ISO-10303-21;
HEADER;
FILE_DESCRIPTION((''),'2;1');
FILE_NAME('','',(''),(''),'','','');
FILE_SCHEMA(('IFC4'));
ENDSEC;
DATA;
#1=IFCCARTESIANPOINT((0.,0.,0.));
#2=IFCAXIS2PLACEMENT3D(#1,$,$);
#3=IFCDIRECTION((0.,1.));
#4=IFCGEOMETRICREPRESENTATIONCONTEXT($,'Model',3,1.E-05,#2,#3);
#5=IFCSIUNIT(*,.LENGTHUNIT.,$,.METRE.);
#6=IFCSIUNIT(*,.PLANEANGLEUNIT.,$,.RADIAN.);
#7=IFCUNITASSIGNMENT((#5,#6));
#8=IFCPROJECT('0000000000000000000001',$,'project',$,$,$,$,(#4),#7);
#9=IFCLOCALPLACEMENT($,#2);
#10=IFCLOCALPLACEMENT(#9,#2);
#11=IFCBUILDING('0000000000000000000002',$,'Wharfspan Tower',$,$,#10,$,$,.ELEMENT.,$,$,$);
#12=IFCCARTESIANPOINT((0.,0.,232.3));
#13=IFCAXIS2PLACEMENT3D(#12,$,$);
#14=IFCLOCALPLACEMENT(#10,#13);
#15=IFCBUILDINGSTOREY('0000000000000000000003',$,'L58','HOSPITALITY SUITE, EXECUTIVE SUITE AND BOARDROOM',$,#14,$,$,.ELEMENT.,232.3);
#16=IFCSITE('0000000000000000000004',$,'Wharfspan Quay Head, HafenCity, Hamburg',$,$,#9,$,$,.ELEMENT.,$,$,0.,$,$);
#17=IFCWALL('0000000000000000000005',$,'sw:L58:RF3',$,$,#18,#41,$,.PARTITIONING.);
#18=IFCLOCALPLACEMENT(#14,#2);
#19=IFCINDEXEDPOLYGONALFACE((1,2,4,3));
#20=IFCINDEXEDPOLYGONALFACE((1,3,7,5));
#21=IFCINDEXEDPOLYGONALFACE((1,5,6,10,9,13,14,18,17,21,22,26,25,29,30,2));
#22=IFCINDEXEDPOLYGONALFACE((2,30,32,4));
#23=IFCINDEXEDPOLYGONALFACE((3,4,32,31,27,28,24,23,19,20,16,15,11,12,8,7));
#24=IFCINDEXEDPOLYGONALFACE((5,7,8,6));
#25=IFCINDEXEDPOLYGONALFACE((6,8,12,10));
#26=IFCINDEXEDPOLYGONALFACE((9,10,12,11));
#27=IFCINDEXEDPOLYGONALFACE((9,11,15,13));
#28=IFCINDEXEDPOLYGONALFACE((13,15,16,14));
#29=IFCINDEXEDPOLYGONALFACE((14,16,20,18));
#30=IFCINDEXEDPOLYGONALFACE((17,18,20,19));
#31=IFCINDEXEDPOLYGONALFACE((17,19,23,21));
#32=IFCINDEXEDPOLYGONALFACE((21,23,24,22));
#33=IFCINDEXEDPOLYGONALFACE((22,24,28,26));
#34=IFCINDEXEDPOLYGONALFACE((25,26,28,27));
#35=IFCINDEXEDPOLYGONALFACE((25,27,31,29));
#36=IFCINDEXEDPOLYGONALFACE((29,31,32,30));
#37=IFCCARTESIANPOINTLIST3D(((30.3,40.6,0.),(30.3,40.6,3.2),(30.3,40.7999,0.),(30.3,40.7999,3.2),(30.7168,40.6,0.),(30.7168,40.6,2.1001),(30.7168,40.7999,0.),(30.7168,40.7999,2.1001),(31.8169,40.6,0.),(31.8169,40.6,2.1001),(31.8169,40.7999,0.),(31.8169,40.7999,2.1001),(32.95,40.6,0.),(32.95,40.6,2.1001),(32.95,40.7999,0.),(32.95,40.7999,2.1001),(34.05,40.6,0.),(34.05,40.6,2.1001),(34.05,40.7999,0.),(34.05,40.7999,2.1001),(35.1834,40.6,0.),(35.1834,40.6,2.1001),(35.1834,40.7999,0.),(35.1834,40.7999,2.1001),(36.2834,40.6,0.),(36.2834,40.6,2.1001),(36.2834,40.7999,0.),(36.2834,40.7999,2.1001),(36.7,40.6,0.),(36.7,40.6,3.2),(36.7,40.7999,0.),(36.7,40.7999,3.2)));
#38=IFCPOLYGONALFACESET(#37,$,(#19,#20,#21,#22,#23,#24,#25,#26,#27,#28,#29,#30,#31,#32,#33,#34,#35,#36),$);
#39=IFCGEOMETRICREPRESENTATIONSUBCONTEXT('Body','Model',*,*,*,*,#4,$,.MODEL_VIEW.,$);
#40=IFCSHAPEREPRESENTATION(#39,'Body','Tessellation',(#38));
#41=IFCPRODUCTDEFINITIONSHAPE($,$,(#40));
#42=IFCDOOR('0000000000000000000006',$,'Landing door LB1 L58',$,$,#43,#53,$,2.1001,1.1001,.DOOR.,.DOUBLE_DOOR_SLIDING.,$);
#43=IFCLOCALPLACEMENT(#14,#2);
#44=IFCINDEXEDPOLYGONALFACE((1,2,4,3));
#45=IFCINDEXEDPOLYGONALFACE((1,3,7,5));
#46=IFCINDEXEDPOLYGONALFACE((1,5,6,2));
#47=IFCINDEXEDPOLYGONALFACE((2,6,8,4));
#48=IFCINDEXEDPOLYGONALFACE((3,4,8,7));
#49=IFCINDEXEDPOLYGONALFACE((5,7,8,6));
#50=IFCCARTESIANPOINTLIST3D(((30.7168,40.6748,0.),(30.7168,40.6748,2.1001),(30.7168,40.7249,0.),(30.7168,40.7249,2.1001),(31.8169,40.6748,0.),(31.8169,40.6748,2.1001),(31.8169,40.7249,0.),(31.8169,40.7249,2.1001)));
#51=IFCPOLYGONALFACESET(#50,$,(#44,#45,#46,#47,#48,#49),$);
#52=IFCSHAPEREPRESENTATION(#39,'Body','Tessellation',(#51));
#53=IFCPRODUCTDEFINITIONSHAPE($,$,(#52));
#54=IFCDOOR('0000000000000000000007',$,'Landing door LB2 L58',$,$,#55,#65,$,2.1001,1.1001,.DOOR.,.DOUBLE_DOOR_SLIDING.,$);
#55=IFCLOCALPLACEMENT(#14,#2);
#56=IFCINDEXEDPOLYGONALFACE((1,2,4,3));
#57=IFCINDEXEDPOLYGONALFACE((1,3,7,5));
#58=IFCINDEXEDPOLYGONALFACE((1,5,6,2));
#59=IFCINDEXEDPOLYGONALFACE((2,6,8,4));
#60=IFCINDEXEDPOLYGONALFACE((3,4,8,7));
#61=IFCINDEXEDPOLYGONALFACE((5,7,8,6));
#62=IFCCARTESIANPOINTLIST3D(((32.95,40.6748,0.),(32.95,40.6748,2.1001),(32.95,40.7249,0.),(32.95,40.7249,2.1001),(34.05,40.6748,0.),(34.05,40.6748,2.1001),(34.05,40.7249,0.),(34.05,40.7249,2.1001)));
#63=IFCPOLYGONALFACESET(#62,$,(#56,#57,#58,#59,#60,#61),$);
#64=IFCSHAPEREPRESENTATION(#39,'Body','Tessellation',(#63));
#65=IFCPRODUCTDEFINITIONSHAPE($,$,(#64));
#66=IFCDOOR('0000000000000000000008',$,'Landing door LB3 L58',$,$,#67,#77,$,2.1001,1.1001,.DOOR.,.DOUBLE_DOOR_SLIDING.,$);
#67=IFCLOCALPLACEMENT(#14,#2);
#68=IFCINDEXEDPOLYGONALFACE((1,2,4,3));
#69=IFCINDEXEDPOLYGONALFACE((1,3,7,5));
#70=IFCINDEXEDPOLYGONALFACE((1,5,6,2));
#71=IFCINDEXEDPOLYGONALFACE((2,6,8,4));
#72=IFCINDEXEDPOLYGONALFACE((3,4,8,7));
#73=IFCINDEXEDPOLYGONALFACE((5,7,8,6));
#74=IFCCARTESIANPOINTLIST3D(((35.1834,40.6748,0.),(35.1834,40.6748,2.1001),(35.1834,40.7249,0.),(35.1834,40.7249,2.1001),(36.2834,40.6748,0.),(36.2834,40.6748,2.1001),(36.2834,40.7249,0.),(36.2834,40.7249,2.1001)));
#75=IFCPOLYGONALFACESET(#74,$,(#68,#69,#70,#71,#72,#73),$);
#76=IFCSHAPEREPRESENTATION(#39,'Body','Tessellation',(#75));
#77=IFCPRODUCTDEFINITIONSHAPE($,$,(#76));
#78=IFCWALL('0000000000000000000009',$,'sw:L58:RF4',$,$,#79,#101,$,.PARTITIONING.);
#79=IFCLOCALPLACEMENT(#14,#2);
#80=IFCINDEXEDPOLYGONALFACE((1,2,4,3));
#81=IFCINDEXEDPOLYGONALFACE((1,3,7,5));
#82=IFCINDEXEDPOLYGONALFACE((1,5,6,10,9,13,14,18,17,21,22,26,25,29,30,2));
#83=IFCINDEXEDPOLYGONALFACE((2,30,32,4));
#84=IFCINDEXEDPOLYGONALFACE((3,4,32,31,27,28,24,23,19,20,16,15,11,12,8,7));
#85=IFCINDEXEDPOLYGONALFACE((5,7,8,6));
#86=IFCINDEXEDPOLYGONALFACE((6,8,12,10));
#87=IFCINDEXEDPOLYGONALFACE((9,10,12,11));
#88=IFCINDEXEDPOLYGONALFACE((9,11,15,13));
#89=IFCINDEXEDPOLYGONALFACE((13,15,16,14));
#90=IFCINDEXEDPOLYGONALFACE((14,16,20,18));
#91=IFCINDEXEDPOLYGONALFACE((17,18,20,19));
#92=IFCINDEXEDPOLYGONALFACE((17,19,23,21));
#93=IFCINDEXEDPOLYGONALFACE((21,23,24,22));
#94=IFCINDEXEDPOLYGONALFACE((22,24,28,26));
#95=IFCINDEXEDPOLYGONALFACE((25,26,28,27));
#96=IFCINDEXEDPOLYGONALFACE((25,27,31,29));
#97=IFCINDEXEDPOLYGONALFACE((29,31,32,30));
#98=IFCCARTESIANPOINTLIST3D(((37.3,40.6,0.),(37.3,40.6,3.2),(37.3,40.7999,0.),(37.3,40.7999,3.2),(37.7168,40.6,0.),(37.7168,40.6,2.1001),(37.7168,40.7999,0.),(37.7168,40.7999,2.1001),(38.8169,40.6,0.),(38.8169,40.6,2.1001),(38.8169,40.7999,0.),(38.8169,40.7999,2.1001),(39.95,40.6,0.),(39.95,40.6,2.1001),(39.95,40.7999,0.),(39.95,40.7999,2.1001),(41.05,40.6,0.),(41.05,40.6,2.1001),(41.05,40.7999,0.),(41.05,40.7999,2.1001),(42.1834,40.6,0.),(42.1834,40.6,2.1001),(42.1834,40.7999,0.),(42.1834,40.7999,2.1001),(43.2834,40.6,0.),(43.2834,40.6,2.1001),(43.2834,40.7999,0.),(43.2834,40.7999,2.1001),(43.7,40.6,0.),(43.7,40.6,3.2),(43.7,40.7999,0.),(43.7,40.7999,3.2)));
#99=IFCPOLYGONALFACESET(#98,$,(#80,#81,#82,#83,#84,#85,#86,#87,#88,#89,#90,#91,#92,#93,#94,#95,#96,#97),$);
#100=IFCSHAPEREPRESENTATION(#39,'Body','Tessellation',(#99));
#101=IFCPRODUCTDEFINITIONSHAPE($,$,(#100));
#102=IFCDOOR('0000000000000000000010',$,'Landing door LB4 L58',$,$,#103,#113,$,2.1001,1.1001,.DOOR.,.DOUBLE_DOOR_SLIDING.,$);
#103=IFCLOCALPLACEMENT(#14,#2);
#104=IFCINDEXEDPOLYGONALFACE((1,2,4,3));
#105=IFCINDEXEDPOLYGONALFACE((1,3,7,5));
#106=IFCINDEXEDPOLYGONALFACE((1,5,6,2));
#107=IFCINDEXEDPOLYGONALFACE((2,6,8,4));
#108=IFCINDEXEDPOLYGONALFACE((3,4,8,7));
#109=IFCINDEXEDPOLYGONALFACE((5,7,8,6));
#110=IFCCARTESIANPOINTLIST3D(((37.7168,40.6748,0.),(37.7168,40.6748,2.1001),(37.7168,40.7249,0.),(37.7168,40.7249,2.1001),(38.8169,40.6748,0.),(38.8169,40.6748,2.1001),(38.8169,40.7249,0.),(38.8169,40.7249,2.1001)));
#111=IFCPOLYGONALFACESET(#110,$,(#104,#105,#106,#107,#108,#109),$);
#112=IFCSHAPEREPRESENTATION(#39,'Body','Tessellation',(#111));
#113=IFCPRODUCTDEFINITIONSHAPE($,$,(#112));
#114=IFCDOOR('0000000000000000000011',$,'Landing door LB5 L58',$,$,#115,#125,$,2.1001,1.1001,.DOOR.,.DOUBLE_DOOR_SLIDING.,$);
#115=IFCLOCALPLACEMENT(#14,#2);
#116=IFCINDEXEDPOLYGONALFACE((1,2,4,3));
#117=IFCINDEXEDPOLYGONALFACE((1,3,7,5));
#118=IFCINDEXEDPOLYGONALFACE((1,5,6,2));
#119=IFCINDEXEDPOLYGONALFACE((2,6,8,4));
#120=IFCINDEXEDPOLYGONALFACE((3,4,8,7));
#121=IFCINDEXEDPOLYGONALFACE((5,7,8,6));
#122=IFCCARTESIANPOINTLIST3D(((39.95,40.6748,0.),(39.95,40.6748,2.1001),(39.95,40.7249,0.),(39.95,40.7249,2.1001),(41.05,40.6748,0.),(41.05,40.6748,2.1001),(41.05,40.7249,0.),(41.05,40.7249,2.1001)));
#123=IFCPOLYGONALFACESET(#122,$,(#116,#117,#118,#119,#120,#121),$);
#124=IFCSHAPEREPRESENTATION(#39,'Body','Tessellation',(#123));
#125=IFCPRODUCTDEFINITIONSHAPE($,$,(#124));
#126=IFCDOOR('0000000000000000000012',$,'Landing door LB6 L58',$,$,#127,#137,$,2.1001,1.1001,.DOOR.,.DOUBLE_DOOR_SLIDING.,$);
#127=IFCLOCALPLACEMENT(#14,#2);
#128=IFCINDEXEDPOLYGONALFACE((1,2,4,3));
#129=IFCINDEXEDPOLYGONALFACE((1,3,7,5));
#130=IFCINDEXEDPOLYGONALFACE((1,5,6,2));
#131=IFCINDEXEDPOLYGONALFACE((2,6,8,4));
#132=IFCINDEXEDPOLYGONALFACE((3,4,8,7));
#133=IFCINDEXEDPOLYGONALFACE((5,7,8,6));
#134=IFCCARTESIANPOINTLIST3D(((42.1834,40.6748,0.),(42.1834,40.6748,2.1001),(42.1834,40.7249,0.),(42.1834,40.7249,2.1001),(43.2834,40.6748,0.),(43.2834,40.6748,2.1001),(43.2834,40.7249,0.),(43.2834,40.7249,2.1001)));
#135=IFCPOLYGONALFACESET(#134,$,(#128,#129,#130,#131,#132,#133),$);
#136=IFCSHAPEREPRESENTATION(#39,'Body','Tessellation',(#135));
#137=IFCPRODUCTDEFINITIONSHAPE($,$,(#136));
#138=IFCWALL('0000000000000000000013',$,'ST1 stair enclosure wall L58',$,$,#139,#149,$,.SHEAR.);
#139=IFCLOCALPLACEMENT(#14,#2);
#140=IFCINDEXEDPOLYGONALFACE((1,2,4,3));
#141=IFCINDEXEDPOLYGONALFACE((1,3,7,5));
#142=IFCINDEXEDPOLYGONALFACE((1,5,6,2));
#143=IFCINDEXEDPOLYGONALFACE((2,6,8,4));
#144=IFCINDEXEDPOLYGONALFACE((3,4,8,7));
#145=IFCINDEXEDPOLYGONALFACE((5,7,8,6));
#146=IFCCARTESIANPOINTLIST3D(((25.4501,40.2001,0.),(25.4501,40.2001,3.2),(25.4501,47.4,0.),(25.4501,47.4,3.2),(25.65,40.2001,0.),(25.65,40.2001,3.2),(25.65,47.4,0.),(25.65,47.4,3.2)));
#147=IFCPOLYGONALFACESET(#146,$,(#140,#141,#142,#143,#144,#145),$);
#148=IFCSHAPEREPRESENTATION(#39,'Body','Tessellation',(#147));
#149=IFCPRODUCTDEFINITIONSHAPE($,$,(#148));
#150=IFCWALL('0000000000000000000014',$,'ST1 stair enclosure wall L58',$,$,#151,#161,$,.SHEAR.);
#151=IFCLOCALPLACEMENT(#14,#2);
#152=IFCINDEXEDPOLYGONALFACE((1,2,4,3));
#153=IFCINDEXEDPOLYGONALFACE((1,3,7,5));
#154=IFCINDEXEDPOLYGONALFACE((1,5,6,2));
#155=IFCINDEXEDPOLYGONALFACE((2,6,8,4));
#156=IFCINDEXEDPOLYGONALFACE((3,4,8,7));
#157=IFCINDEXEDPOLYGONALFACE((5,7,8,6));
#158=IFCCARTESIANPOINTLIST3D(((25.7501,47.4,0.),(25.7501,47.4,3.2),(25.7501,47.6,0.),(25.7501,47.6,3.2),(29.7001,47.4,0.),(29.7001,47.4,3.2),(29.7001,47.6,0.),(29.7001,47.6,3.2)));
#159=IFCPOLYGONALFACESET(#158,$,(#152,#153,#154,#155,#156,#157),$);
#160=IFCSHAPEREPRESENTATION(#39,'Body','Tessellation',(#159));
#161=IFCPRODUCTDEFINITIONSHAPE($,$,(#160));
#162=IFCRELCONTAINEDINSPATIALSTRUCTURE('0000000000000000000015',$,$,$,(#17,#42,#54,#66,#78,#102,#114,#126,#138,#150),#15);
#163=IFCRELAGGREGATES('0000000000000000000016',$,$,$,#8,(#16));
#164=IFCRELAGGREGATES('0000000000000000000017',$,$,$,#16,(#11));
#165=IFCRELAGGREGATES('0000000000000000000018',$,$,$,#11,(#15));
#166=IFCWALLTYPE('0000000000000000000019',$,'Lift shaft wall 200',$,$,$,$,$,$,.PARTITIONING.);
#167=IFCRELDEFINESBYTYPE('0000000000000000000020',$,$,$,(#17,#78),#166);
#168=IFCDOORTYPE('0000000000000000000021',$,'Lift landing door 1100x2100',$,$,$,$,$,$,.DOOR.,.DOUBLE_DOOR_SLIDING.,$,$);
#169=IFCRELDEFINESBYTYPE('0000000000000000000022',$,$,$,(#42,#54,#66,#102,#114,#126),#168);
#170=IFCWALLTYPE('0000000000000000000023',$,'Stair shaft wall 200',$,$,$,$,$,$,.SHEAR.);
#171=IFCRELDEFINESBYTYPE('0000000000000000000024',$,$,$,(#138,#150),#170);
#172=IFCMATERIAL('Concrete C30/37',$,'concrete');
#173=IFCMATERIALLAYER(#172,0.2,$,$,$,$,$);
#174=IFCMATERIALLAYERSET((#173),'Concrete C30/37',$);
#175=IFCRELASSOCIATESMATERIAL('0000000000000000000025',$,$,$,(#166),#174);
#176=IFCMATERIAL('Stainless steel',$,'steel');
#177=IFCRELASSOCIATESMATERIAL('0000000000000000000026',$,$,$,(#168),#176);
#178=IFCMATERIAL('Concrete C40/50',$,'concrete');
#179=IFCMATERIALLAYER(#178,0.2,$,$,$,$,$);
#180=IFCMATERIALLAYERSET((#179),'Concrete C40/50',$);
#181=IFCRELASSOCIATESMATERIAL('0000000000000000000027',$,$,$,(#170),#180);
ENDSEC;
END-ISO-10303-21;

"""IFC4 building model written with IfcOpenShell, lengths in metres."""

from ifc_helpers import new_model, si_unit, direction, frame, frame_2d, origin, place, context, subcontext, project, spatial, rectangle, extrude, material, layer, layer_set, type_object, element, fill, save


model = new_model("IFC4")

# Units and contexts
model_context = context("Model", 3, precision=1e-05, world=origin(), true_north=direction((0.0, 1.0)))
body_context = subcontext(model_context, "Body", "Model", "MODEL_VIEW")
ifc_project = project(units=[si_unit("LENGTHUNIT", "METRE"), si_unit("PLANEANGLEUNIT", "RADIAN")], contexts=[model_context])

# Site, building, storey
site_placement = place(None, origin())
site = spatial("IfcSite", under=ifc_project, at=site_placement, Name="Wharfspan Quay Head, HafenCity, Hamburg", CompositionType="ELEMENT", RefElevation=0.0)
building_placement = place(site_placement, origin())
building = spatial("IfcBuilding", under=site, at=building_placement, Name="Wharfspan Tower", CompositionType="ELEMENT")
storey_placement = place(building_placement, frame((0.0, 0.0, 232.3)))
storey = spatial("IfcBuildingStorey", under=building, at=storey_placement, Name="L58", Description="HOSPITALITY SUITE, EXECUTIVE SUITE AND BOARDROOM", CompositionType="ELEMENT", Elevation=232.3)

# Walls, openings, doors
ifc_material_1 = material(Name="Concrete C30/37", Category="concrete")
ifc_layer_1 = layer(ifc_material_1, 0.2)
ifc_layer_set_1 = layer_set([ifc_layer_1], Name="Concrete C30/37")
wall_type_1 = type_object("IfcWallType", Name="Lift shaft wall 200", PredefinedType="PARTITIONING", material=ifc_layer_set_1)
wall_1_placement = place(storey_placement, frame((30.3, 40.7, 0.0), z_axis=(0.0, 0.0, 1.0), x_axis=(1.0, 0.0, 0.0)))
wall_1 = element("IfcWall", 1, at=wall_1_placement, inside=storey, type_object=wall_type_1, Name="sw:L58:RF3", PredefinedType="PARTITIONING", context=body_context, shape_type="SweptSolid", body=[
    extrude(rectangle(XDim=6.3999, YDim=0.2, at=frame_2d((3.2, 0.0))), origin(), (0.0, 0.0, 1.0), 3.2),
])
opening_1_placement = place(wall_1_placement, frame((0.4167, 0.0, 0.0)))
opening_1 = element("IfcOpeningElement", 2, at=opening_1_placement, cuts=wall_1, PredefinedType="OPENING", context=body_context, shape_type="SweptSolid", body=[
    extrude(rectangle(XDim=1.1001, YDim=2.1001, at=frame_2d((0.55, 1.05))), frame((0.0, 0.1099, 0.0), z_axis=(0.0, -1.0, 0.0), x_axis=(1.0, 0.0, 0.0)), (0.0, 0.0, 1.0), 0.22),
])
opening_2_placement = place(wall_1_placement, frame((2.6499, 0.0, 0.0)))
opening_2 = element("IfcOpeningElement", 3, at=opening_2_placement, cuts=wall_1, PredefinedType="OPENING", context=body_context, shape_type="SweptSolid", body=[
    extrude(rectangle(XDim=1.1001, YDim=2.1001, at=frame_2d((0.55, 1.05))), frame((0.0, 0.1099, 0.0), z_axis=(0.0, -1.0, 0.0), x_axis=(1.0, 0.0, 0.0)), (0.0, 0.0, 1.0), 0.22),
])
opening_3_placement = place(wall_1_placement, frame((4.8833, 0.0, 0.0)))
opening_3 = element("IfcOpeningElement", 4, at=opening_3_placement, cuts=wall_1, PredefinedType="OPENING", context=body_context, shape_type="SweptSolid", body=[
    extrude(rectangle(XDim=1.1001, YDim=2.1001, at=frame_2d((0.55, 1.05))), frame((0.0, 0.1099, 0.0), z_axis=(0.0, -1.0, 0.0), x_axis=(1.0, 0.0, 0.0)), (0.0, 0.0, 1.0), 0.22),
])
ifc_material_2 = material(Name="Stainless steel", Category="steel")
door_type = type_object("IfcDoorType", Name="Lift landing door 1100x2100", OperationType="DOUBLE_DOOR_SLIDING", PredefinedType="DOOR", material=ifc_material_2)
door_1_placement = place(opening_1_placement, origin())
door_1 = element("IfcDoor", 5, at=door_1_placement, inside=storey, type_object=door_type, Name="Landing door LB1 L58", OperationType="DOUBLE_DOOR_SLIDING", OverallHeight=2.1001, OverallWidth=1.1001, PredefinedType="DOOR", context=body_context, shape_type="SweptSolid", body=[
    extrude(rectangle(XDim=1.1001, YDim=2.1001, at=frame_2d((0.55, 1.05))), frame((0.0, 0.0249, 0.0), z_axis=(0.0, -1.0, 0.0), x_axis=(1.0, 0.0, 0.0)), (0.0, 0.0, 1.0), 0.05),
])
fill(opening_1, door_1)
door_2_placement = place(opening_2_placement, origin())
door_2 = element("IfcDoor", 6, at=door_2_placement, inside=storey, type_object=door_type, Name="Landing door LB2 L58", OperationType="DOUBLE_DOOR_SLIDING", OverallHeight=2.1001, OverallWidth=1.1001, PredefinedType="DOOR", context=body_context, shape_type="SweptSolid", body=[
    extrude(rectangle(XDim=1.1001, YDim=2.1001, at=frame_2d((0.55, 1.05))), frame((0.0, 0.0249, 0.0), z_axis=(0.0, -1.0, 0.0), x_axis=(1.0, 0.0, 0.0)), (0.0, 0.0, 1.0), 0.05),
])
fill(opening_2, door_2)
door_3_placement = place(opening_3_placement, origin())
door_3 = element("IfcDoor", 7, at=door_3_placement, inside=storey, type_object=door_type, Name="Landing door LB3 L58", OperationType="DOUBLE_DOOR_SLIDING", OverallHeight=2.1001, OverallWidth=1.1001, PredefinedType="DOOR", context=body_context, shape_type="SweptSolid", body=[
    extrude(rectangle(XDim=1.1001, YDim=2.1001, at=frame_2d((0.55, 1.05))), frame((0.0, 0.0249, 0.0), z_axis=(0.0, -1.0, 0.0), x_axis=(1.0, 0.0, 0.0)), (0.0, 0.0, 1.0), 0.05),
])
fill(opening_3, door_3)
wall_2_placement = place(storey_placement, frame((37.3, 40.7, 0.0), z_axis=(0.0, 0.0, 1.0), x_axis=(1.0, 0.0, 0.0)))
wall_2 = element("IfcWall", 8, at=wall_2_placement, inside=storey, type_object=wall_type_1, Name="sw:L58:RF4", PredefinedType="PARTITIONING", context=body_context, shape_type="SweptSolid", body=[
    extrude(rectangle(XDim=6.3999, YDim=0.2, at=frame_2d((3.2, 0.0))), origin(), (0.0, 0.0, 1.0), 3.2),
])
opening_4_placement = place(wall_2_placement, frame((0.4167, 0.0, 0.0)))
opening_4 = element("IfcOpeningElement", 9, at=opening_4_placement, cuts=wall_2, PredefinedType="OPENING", context=body_context, shape_type="SweptSolid", body=[
    extrude(rectangle(XDim=1.1001, YDim=2.1001, at=frame_2d((0.55, 1.05))), frame((0.0, 0.1099, 0.0), z_axis=(0.0, -1.0, 0.0), x_axis=(1.0, 0.0, 0.0)), (0.0, 0.0, 1.0), 0.22),
])
opening_5_placement = place(wall_2_placement, frame((2.6499, 0.0, 0.0)))
opening_5 = element("IfcOpeningElement", 10, at=opening_5_placement, cuts=wall_2, PredefinedType="OPENING", context=body_context, shape_type="SweptSolid", body=[
    extrude(rectangle(XDim=1.1001, YDim=2.1001, at=frame_2d((0.55, 1.05))), frame((0.0, 0.1099, 0.0), z_axis=(0.0, -1.0, 0.0), x_axis=(1.0, 0.0, 0.0)), (0.0, 0.0, 1.0), 0.22),
])
opening_6_placement = place(wall_2_placement, frame((4.8833, 0.0, 0.0)))
opening_6 = element("IfcOpeningElement", 11, at=opening_6_placement, cuts=wall_2, PredefinedType="OPENING", context=body_context, shape_type="SweptSolid", body=[
    extrude(rectangle(XDim=1.1001, YDim=2.1001, at=frame_2d((0.55, 1.05))), frame((0.0, 0.1099, 0.0), z_axis=(0.0, -1.0, 0.0), x_axis=(1.0, 0.0, 0.0)), (0.0, 0.0, 1.0), 0.22),
])
door_4_placement = place(opening_4_placement, origin())
door_4 = element("IfcDoor", 12, at=door_4_placement, inside=storey, type_object=door_type, Name="Landing door LB4 L58", OperationType="DOUBLE_DOOR_SLIDING", OverallHeight=2.1001, OverallWidth=1.1001, PredefinedType="DOOR", context=body_context, shape_type="SweptSolid", body=[
    extrude(rectangle(XDim=1.1001, YDim=2.1001, at=frame_2d((0.55, 1.05))), frame((0.0, 0.0249, 0.0), z_axis=(0.0, -1.0, 0.0), x_axis=(1.0, 0.0, 0.0)), (0.0, 0.0, 1.0), 0.05),
])
fill(opening_4, door_4)
door_5_placement = place(opening_5_placement, origin())
door_5 = element("IfcDoor", 13, at=door_5_placement, inside=storey, type_object=door_type, Name="Landing door LB5 L58", OperationType="DOUBLE_DOOR_SLIDING", OverallHeight=2.1001, OverallWidth=1.1001, PredefinedType="DOOR", context=body_context, shape_type="SweptSolid", body=[
    extrude(rectangle(XDim=1.1001, YDim=2.1001, at=frame_2d((0.55, 1.05))), frame((0.0, 0.0249, 0.0), z_axis=(0.0, -1.0, 0.0), x_axis=(1.0, 0.0, 0.0)), (0.0, 0.0, 1.0), 0.05),
])
fill(opening_5, door_5)
door_6_placement = place(opening_6_placement, origin())
door_6 = element("IfcDoor", 14, at=door_6_placement, inside=storey, type_object=door_type, Name="Landing door LB6 L58", OperationType="DOUBLE_DOOR_SLIDING", OverallHeight=2.1001, OverallWidth=1.1001, PredefinedType="DOOR", context=body_context, shape_type="SweptSolid", body=[
    extrude(rectangle(XDim=1.1001, YDim=2.1001, at=frame_2d((0.55, 1.05))), frame((0.0, 0.0249, 0.0), z_axis=(0.0, -1.0, 0.0), x_axis=(1.0, 0.0, 0.0)), (0.0, 0.0, 1.0), 0.05),
])
fill(opening_6, door_6)

# Walls
ifc_material_3 = material(Name="Concrete C40/50", Category="concrete")
ifc_layer_2 = layer(ifc_material_3, 0.2)
ifc_layer_set_2 = layer_set([ifc_layer_2], Name="Concrete C40/50")
wall_type_2 = type_object("IfcWallType", Name="Stair shaft wall 200", PredefinedType="SHEAR", material=ifc_layer_set_2)
wall_3_placement = place(storey_placement, frame((25.55, 40.2, 0.0), z_axis=(0.0, 0.0, 1.0), x_axis=(0.0, 1.0, 0.0)))
element("IfcWall", 15, at=wall_3_placement, inside=storey, type_object=wall_type_2, Name="ST1 stair enclosure wall L58", PredefinedType="SHEAR", context=body_context, shape_type="SweptSolid", body=[
    extrude(rectangle(XDim=7.2, YDim=0.2, at=frame_2d((3.6001, 0.0))), origin(), (0.0, 0.0, 1.0), 3.2),
])
wall_4_placement = place(storey_placement, frame((25.75, 47.5, 0.0), z_axis=(0.0, 0.0, 1.0), x_axis=(1.0, 0.0, 0.0)))
element("IfcWall", 16, at=wall_4_placement, inside=storey, type_object=wall_type_2, Name="ST1 stair enclosure wall L58", PredefinedType="SHEAR", context=body_context, shape_type="SweptSolid", body=[
    extrude(rectangle(XDim=3.95, YDim=0.2, at=frame_2d((1.9751, 0.0))), origin(), (0.0, 0.0, 1.0), 3.2),
])

save(model, "model.ifc")
